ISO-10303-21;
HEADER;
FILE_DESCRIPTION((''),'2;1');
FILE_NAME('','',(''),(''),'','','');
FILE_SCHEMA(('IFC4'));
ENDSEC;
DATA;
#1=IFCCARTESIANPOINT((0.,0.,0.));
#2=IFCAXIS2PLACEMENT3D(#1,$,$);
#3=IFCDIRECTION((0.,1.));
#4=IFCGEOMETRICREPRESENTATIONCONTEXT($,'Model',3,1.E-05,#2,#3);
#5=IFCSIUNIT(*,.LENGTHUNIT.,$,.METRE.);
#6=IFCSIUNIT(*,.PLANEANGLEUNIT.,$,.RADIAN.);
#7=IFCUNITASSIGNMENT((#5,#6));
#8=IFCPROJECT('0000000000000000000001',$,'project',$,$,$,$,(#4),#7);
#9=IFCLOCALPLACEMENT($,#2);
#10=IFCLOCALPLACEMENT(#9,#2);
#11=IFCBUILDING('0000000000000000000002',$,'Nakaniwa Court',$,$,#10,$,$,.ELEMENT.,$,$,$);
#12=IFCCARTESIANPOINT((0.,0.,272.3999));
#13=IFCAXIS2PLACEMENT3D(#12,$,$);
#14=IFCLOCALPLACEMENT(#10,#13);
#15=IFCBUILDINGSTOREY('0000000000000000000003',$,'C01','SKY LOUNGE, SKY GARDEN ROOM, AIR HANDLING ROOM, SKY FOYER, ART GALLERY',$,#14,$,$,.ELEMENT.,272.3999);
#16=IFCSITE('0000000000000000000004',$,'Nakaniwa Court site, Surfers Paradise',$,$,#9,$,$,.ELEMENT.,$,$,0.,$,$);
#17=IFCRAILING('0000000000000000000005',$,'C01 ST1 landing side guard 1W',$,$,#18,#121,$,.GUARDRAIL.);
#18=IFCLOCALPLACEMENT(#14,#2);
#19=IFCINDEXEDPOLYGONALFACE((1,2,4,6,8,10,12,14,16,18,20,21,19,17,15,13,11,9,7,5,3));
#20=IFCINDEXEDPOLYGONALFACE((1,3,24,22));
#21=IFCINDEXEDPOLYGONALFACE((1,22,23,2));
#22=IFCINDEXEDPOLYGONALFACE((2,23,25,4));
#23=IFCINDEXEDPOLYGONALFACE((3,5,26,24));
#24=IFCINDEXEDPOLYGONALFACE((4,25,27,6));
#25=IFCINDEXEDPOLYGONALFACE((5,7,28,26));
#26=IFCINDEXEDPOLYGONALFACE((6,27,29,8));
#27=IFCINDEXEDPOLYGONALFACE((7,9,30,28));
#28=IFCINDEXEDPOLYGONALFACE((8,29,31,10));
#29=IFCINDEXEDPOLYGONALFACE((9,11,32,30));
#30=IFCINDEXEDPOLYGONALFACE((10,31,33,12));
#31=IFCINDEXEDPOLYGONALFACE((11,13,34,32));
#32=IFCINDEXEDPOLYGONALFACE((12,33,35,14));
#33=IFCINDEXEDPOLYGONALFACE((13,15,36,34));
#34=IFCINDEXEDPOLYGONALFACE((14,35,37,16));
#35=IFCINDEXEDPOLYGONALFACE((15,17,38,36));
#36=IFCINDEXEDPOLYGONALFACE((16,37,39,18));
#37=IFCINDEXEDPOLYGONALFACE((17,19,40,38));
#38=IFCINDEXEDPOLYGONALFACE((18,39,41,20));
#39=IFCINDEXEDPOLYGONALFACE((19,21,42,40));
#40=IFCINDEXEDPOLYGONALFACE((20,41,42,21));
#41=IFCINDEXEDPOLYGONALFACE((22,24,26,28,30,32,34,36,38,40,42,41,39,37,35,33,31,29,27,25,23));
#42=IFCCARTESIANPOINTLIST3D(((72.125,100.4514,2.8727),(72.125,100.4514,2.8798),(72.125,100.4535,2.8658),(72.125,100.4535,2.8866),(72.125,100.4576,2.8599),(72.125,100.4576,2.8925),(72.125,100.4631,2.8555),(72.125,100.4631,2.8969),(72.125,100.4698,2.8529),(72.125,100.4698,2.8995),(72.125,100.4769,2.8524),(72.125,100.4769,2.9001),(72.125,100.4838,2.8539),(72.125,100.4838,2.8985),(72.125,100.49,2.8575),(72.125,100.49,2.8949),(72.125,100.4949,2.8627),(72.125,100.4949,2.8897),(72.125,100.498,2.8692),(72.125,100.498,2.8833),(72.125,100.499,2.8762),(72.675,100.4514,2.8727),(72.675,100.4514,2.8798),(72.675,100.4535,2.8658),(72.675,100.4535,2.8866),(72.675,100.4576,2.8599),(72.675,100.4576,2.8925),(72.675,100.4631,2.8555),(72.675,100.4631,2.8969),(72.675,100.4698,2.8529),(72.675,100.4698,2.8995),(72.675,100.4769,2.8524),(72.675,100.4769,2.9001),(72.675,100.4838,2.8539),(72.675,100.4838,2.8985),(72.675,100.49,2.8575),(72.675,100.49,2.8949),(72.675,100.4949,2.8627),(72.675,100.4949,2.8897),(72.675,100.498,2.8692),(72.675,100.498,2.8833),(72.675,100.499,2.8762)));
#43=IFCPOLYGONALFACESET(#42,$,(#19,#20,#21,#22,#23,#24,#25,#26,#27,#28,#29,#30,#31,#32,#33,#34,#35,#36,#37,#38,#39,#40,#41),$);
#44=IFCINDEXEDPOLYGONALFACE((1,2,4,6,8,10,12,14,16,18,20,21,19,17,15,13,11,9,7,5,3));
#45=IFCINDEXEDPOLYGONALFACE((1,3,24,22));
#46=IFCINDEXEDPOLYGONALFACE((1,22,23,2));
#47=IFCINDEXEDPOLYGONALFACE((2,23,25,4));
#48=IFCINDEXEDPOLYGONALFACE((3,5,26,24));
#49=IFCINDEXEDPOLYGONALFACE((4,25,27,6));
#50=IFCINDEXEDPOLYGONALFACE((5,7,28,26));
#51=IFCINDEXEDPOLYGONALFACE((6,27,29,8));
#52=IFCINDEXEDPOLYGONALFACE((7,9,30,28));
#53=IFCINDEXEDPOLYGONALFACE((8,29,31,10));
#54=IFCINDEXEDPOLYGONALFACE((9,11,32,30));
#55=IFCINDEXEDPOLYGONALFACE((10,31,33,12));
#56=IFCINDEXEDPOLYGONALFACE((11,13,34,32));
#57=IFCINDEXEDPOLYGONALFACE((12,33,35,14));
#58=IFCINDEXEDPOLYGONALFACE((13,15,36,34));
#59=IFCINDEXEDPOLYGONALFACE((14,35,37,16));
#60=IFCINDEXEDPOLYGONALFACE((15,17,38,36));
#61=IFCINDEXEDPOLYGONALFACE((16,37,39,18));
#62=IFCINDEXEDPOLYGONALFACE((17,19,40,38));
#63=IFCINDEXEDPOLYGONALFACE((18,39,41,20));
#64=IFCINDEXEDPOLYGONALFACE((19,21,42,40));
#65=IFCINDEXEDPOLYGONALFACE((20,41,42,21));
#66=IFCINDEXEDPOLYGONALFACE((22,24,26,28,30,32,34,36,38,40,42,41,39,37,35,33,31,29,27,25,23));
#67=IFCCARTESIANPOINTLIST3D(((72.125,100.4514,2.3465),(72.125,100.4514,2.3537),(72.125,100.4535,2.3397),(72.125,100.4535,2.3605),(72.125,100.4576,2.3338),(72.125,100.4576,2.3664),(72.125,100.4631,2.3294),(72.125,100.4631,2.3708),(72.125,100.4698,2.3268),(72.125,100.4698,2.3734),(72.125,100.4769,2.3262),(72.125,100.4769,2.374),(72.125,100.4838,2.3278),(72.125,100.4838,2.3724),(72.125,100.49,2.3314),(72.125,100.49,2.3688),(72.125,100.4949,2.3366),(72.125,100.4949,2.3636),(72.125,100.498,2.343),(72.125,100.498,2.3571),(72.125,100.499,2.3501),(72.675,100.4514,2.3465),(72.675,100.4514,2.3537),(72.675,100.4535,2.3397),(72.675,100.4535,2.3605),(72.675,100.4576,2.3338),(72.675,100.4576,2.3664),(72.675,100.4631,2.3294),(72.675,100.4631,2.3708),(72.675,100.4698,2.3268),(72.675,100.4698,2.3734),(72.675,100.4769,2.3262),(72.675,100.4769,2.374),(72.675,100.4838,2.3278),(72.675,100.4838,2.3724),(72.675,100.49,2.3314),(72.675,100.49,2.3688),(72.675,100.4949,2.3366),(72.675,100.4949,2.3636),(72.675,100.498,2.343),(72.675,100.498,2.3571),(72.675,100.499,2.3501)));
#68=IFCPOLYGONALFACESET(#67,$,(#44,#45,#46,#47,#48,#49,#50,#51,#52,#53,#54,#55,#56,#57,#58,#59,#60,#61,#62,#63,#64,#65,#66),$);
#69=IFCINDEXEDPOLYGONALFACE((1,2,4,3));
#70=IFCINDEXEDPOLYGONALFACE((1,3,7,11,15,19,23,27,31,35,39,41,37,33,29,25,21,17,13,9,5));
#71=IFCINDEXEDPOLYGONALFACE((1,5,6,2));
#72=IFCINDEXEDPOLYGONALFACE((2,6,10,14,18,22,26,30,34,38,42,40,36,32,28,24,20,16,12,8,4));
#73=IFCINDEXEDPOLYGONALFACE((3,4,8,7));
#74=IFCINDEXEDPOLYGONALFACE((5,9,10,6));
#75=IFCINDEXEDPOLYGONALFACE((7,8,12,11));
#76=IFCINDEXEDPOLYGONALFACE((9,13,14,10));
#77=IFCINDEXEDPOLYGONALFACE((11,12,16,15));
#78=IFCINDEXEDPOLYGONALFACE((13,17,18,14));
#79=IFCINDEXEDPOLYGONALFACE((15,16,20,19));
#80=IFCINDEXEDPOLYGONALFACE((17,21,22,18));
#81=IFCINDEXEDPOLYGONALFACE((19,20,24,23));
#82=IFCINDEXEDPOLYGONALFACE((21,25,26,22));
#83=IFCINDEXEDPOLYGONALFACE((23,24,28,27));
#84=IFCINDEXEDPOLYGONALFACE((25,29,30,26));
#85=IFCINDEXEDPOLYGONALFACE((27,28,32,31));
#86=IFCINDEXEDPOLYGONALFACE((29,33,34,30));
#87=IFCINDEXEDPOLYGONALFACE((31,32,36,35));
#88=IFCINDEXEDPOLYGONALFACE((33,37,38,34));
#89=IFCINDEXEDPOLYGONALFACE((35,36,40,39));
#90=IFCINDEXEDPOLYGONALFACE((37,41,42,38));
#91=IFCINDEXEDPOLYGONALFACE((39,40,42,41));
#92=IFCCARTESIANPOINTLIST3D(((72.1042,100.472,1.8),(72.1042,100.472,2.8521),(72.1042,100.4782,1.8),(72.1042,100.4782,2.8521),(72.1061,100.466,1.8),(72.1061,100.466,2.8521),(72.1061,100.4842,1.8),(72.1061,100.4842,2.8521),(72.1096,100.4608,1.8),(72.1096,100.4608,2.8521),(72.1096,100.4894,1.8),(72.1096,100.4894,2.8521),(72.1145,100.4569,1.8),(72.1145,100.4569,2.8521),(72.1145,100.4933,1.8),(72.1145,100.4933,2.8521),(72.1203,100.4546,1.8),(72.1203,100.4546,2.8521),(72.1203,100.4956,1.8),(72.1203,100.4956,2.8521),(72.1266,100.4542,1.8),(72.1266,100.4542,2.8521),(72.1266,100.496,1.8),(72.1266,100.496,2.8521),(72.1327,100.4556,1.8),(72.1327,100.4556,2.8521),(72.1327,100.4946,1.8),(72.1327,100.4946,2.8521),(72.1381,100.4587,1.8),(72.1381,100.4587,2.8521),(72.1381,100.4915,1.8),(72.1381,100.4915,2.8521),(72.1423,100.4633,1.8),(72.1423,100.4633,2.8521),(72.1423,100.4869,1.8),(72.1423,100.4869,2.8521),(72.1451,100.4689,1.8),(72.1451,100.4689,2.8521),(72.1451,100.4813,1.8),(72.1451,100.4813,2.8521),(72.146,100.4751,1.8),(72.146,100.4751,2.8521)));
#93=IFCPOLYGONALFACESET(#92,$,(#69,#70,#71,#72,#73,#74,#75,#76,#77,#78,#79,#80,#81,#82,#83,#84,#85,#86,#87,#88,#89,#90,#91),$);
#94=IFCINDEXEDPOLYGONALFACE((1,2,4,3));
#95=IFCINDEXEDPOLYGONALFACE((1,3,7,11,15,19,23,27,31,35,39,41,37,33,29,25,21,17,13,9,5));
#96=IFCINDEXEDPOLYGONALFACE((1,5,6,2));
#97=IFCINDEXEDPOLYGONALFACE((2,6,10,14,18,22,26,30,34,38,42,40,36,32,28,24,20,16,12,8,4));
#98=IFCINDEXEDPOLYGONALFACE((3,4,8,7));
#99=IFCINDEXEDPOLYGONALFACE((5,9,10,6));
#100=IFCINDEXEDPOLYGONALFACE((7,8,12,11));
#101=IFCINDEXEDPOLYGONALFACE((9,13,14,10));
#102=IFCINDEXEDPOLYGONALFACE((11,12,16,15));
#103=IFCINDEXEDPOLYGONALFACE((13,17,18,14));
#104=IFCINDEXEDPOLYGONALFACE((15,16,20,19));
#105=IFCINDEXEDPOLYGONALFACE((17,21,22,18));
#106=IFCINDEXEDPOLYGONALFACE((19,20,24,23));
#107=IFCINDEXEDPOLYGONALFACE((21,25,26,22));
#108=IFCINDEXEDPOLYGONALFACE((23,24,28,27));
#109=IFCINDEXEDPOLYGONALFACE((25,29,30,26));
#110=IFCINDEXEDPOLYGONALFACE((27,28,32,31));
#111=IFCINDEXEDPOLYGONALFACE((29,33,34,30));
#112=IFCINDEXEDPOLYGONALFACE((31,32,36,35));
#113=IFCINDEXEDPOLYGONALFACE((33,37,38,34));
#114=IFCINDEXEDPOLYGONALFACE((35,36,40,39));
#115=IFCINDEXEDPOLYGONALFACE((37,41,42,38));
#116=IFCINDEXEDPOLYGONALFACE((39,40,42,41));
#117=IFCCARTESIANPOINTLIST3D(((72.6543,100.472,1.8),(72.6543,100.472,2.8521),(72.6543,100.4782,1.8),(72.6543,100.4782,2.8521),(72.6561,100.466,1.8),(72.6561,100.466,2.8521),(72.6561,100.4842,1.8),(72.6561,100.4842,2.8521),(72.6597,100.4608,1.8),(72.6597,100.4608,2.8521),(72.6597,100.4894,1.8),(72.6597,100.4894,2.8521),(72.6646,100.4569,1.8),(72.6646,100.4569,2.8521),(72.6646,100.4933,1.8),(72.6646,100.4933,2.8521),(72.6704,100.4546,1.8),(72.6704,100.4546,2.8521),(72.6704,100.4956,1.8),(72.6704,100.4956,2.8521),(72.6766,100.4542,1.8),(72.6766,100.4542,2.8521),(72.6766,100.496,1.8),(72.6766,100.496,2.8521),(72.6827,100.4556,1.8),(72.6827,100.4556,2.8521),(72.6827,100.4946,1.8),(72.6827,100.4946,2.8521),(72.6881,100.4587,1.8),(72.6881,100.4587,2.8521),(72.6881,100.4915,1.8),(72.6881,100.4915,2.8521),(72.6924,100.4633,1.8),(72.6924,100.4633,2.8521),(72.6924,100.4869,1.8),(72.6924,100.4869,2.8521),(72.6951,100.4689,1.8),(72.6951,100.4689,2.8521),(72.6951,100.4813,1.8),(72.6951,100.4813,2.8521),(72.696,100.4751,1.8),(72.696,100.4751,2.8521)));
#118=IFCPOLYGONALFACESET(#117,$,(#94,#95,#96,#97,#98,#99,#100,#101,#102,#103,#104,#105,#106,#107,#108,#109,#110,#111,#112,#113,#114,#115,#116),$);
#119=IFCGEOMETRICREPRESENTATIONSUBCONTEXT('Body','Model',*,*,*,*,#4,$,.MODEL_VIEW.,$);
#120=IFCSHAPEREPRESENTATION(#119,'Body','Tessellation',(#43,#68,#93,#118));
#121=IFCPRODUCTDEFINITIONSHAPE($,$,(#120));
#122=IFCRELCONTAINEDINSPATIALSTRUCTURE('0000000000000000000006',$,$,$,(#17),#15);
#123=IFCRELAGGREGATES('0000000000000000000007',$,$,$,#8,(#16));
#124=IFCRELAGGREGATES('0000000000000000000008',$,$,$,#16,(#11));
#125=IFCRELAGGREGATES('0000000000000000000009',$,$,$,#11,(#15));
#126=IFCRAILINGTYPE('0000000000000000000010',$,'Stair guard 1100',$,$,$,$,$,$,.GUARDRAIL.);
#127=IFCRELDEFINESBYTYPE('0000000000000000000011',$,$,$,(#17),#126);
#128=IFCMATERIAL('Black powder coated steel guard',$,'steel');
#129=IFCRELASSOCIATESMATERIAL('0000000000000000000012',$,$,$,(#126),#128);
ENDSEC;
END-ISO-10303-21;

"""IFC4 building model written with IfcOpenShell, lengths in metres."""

from ifc_helpers import new_model, si_unit, direction, frame, origin, origin_2d, place, context, subcontext, project, spatial, circle, extrude, material, type_object, element, save


model = new_model("IFC4")

# Units and contexts
model_context = context("Model", 3, precision=1e-05, world=origin(), true_north=direction((0.0, 1.0)))
body_context = subcontext(model_context, "Body", "Model", "MODEL_VIEW")
ifc_project = project(units=[si_unit("LENGTHUNIT", "METRE"), si_unit("PLANEANGLEUNIT", "RADIAN")], contexts=[model_context])

# Site, building, storey
site_placement = place(None, origin())
site = spatial("IfcSite", under=ifc_project, at=site_placement, Name="Nakaniwa Court site, Surfers Paradise", CompositionType="ELEMENT", RefElevation=0.0)
building_placement = place(site_placement, origin())
building = spatial("IfcBuilding", under=site, at=building_placement, Name="Nakaniwa Court", CompositionType="ELEMENT")
storey_placement = place(building_placement, frame((0.0, 0.0, 272.3999)))
storey = spatial("IfcBuildingStorey", under=building, at=storey_placement, Name="C01", Description="SKY LOUNGE, SKY GARDEN ROOM, AIR HANDLING ROOM, SKY FOYER, ART GALLERY", CompositionType="ELEMENT", Elevation=272.3999)

# Railing
ifc_material_1 = material(Name="Black powder coated steel guard", Category="steel")
railing_type_1 = type_object("IfcRailingType", Name="Stair guard 1100", PredefinedType="GUARDRAIL", material=ifc_material_1)
for number, where, name in (
    (1, (72.125, 100.4751, 1.8), "C01 ST1 landing side guard 1W"),
):
    element("IfcRailing", number, at=place(storey_placement, frame(where)), inside=storey, type_object=railing_type_1, Name=name, PredefinedType="GUARDRAIL", context=body_context, shape_type="SweptSolid", body=[
        extrude(circle(Radius=0.0239, at=origin_2d()), frame((0.0, 0.0, 1.0762), z_axis=(1.0, 0.0, 0.0), x_axis=(0.0, 1.0, 0.0)), (0.0, 0.0, 1.0), 0.55),
        extrude(circle(Radius=0.0239, at=origin_2d()), frame((0.0, 0.0, 0.55), z_axis=(1.0, 0.0, 0.0), x_axis=(0.0, 1.0, 0.0)), (0.0, 0.0, 1.0), 0.55),
        extrude(circle(Radius=0.021, at=origin_2d()), origin(), (0.0, 0.0, 1.0), 1.052),
        extrude(circle(Radius=0.021, at=origin_2d()), frame((0.55, 0.0, 0.0)), (0.0, 0.0, 1.0), 1.052),
    ])

save(model, "model.ifc")
